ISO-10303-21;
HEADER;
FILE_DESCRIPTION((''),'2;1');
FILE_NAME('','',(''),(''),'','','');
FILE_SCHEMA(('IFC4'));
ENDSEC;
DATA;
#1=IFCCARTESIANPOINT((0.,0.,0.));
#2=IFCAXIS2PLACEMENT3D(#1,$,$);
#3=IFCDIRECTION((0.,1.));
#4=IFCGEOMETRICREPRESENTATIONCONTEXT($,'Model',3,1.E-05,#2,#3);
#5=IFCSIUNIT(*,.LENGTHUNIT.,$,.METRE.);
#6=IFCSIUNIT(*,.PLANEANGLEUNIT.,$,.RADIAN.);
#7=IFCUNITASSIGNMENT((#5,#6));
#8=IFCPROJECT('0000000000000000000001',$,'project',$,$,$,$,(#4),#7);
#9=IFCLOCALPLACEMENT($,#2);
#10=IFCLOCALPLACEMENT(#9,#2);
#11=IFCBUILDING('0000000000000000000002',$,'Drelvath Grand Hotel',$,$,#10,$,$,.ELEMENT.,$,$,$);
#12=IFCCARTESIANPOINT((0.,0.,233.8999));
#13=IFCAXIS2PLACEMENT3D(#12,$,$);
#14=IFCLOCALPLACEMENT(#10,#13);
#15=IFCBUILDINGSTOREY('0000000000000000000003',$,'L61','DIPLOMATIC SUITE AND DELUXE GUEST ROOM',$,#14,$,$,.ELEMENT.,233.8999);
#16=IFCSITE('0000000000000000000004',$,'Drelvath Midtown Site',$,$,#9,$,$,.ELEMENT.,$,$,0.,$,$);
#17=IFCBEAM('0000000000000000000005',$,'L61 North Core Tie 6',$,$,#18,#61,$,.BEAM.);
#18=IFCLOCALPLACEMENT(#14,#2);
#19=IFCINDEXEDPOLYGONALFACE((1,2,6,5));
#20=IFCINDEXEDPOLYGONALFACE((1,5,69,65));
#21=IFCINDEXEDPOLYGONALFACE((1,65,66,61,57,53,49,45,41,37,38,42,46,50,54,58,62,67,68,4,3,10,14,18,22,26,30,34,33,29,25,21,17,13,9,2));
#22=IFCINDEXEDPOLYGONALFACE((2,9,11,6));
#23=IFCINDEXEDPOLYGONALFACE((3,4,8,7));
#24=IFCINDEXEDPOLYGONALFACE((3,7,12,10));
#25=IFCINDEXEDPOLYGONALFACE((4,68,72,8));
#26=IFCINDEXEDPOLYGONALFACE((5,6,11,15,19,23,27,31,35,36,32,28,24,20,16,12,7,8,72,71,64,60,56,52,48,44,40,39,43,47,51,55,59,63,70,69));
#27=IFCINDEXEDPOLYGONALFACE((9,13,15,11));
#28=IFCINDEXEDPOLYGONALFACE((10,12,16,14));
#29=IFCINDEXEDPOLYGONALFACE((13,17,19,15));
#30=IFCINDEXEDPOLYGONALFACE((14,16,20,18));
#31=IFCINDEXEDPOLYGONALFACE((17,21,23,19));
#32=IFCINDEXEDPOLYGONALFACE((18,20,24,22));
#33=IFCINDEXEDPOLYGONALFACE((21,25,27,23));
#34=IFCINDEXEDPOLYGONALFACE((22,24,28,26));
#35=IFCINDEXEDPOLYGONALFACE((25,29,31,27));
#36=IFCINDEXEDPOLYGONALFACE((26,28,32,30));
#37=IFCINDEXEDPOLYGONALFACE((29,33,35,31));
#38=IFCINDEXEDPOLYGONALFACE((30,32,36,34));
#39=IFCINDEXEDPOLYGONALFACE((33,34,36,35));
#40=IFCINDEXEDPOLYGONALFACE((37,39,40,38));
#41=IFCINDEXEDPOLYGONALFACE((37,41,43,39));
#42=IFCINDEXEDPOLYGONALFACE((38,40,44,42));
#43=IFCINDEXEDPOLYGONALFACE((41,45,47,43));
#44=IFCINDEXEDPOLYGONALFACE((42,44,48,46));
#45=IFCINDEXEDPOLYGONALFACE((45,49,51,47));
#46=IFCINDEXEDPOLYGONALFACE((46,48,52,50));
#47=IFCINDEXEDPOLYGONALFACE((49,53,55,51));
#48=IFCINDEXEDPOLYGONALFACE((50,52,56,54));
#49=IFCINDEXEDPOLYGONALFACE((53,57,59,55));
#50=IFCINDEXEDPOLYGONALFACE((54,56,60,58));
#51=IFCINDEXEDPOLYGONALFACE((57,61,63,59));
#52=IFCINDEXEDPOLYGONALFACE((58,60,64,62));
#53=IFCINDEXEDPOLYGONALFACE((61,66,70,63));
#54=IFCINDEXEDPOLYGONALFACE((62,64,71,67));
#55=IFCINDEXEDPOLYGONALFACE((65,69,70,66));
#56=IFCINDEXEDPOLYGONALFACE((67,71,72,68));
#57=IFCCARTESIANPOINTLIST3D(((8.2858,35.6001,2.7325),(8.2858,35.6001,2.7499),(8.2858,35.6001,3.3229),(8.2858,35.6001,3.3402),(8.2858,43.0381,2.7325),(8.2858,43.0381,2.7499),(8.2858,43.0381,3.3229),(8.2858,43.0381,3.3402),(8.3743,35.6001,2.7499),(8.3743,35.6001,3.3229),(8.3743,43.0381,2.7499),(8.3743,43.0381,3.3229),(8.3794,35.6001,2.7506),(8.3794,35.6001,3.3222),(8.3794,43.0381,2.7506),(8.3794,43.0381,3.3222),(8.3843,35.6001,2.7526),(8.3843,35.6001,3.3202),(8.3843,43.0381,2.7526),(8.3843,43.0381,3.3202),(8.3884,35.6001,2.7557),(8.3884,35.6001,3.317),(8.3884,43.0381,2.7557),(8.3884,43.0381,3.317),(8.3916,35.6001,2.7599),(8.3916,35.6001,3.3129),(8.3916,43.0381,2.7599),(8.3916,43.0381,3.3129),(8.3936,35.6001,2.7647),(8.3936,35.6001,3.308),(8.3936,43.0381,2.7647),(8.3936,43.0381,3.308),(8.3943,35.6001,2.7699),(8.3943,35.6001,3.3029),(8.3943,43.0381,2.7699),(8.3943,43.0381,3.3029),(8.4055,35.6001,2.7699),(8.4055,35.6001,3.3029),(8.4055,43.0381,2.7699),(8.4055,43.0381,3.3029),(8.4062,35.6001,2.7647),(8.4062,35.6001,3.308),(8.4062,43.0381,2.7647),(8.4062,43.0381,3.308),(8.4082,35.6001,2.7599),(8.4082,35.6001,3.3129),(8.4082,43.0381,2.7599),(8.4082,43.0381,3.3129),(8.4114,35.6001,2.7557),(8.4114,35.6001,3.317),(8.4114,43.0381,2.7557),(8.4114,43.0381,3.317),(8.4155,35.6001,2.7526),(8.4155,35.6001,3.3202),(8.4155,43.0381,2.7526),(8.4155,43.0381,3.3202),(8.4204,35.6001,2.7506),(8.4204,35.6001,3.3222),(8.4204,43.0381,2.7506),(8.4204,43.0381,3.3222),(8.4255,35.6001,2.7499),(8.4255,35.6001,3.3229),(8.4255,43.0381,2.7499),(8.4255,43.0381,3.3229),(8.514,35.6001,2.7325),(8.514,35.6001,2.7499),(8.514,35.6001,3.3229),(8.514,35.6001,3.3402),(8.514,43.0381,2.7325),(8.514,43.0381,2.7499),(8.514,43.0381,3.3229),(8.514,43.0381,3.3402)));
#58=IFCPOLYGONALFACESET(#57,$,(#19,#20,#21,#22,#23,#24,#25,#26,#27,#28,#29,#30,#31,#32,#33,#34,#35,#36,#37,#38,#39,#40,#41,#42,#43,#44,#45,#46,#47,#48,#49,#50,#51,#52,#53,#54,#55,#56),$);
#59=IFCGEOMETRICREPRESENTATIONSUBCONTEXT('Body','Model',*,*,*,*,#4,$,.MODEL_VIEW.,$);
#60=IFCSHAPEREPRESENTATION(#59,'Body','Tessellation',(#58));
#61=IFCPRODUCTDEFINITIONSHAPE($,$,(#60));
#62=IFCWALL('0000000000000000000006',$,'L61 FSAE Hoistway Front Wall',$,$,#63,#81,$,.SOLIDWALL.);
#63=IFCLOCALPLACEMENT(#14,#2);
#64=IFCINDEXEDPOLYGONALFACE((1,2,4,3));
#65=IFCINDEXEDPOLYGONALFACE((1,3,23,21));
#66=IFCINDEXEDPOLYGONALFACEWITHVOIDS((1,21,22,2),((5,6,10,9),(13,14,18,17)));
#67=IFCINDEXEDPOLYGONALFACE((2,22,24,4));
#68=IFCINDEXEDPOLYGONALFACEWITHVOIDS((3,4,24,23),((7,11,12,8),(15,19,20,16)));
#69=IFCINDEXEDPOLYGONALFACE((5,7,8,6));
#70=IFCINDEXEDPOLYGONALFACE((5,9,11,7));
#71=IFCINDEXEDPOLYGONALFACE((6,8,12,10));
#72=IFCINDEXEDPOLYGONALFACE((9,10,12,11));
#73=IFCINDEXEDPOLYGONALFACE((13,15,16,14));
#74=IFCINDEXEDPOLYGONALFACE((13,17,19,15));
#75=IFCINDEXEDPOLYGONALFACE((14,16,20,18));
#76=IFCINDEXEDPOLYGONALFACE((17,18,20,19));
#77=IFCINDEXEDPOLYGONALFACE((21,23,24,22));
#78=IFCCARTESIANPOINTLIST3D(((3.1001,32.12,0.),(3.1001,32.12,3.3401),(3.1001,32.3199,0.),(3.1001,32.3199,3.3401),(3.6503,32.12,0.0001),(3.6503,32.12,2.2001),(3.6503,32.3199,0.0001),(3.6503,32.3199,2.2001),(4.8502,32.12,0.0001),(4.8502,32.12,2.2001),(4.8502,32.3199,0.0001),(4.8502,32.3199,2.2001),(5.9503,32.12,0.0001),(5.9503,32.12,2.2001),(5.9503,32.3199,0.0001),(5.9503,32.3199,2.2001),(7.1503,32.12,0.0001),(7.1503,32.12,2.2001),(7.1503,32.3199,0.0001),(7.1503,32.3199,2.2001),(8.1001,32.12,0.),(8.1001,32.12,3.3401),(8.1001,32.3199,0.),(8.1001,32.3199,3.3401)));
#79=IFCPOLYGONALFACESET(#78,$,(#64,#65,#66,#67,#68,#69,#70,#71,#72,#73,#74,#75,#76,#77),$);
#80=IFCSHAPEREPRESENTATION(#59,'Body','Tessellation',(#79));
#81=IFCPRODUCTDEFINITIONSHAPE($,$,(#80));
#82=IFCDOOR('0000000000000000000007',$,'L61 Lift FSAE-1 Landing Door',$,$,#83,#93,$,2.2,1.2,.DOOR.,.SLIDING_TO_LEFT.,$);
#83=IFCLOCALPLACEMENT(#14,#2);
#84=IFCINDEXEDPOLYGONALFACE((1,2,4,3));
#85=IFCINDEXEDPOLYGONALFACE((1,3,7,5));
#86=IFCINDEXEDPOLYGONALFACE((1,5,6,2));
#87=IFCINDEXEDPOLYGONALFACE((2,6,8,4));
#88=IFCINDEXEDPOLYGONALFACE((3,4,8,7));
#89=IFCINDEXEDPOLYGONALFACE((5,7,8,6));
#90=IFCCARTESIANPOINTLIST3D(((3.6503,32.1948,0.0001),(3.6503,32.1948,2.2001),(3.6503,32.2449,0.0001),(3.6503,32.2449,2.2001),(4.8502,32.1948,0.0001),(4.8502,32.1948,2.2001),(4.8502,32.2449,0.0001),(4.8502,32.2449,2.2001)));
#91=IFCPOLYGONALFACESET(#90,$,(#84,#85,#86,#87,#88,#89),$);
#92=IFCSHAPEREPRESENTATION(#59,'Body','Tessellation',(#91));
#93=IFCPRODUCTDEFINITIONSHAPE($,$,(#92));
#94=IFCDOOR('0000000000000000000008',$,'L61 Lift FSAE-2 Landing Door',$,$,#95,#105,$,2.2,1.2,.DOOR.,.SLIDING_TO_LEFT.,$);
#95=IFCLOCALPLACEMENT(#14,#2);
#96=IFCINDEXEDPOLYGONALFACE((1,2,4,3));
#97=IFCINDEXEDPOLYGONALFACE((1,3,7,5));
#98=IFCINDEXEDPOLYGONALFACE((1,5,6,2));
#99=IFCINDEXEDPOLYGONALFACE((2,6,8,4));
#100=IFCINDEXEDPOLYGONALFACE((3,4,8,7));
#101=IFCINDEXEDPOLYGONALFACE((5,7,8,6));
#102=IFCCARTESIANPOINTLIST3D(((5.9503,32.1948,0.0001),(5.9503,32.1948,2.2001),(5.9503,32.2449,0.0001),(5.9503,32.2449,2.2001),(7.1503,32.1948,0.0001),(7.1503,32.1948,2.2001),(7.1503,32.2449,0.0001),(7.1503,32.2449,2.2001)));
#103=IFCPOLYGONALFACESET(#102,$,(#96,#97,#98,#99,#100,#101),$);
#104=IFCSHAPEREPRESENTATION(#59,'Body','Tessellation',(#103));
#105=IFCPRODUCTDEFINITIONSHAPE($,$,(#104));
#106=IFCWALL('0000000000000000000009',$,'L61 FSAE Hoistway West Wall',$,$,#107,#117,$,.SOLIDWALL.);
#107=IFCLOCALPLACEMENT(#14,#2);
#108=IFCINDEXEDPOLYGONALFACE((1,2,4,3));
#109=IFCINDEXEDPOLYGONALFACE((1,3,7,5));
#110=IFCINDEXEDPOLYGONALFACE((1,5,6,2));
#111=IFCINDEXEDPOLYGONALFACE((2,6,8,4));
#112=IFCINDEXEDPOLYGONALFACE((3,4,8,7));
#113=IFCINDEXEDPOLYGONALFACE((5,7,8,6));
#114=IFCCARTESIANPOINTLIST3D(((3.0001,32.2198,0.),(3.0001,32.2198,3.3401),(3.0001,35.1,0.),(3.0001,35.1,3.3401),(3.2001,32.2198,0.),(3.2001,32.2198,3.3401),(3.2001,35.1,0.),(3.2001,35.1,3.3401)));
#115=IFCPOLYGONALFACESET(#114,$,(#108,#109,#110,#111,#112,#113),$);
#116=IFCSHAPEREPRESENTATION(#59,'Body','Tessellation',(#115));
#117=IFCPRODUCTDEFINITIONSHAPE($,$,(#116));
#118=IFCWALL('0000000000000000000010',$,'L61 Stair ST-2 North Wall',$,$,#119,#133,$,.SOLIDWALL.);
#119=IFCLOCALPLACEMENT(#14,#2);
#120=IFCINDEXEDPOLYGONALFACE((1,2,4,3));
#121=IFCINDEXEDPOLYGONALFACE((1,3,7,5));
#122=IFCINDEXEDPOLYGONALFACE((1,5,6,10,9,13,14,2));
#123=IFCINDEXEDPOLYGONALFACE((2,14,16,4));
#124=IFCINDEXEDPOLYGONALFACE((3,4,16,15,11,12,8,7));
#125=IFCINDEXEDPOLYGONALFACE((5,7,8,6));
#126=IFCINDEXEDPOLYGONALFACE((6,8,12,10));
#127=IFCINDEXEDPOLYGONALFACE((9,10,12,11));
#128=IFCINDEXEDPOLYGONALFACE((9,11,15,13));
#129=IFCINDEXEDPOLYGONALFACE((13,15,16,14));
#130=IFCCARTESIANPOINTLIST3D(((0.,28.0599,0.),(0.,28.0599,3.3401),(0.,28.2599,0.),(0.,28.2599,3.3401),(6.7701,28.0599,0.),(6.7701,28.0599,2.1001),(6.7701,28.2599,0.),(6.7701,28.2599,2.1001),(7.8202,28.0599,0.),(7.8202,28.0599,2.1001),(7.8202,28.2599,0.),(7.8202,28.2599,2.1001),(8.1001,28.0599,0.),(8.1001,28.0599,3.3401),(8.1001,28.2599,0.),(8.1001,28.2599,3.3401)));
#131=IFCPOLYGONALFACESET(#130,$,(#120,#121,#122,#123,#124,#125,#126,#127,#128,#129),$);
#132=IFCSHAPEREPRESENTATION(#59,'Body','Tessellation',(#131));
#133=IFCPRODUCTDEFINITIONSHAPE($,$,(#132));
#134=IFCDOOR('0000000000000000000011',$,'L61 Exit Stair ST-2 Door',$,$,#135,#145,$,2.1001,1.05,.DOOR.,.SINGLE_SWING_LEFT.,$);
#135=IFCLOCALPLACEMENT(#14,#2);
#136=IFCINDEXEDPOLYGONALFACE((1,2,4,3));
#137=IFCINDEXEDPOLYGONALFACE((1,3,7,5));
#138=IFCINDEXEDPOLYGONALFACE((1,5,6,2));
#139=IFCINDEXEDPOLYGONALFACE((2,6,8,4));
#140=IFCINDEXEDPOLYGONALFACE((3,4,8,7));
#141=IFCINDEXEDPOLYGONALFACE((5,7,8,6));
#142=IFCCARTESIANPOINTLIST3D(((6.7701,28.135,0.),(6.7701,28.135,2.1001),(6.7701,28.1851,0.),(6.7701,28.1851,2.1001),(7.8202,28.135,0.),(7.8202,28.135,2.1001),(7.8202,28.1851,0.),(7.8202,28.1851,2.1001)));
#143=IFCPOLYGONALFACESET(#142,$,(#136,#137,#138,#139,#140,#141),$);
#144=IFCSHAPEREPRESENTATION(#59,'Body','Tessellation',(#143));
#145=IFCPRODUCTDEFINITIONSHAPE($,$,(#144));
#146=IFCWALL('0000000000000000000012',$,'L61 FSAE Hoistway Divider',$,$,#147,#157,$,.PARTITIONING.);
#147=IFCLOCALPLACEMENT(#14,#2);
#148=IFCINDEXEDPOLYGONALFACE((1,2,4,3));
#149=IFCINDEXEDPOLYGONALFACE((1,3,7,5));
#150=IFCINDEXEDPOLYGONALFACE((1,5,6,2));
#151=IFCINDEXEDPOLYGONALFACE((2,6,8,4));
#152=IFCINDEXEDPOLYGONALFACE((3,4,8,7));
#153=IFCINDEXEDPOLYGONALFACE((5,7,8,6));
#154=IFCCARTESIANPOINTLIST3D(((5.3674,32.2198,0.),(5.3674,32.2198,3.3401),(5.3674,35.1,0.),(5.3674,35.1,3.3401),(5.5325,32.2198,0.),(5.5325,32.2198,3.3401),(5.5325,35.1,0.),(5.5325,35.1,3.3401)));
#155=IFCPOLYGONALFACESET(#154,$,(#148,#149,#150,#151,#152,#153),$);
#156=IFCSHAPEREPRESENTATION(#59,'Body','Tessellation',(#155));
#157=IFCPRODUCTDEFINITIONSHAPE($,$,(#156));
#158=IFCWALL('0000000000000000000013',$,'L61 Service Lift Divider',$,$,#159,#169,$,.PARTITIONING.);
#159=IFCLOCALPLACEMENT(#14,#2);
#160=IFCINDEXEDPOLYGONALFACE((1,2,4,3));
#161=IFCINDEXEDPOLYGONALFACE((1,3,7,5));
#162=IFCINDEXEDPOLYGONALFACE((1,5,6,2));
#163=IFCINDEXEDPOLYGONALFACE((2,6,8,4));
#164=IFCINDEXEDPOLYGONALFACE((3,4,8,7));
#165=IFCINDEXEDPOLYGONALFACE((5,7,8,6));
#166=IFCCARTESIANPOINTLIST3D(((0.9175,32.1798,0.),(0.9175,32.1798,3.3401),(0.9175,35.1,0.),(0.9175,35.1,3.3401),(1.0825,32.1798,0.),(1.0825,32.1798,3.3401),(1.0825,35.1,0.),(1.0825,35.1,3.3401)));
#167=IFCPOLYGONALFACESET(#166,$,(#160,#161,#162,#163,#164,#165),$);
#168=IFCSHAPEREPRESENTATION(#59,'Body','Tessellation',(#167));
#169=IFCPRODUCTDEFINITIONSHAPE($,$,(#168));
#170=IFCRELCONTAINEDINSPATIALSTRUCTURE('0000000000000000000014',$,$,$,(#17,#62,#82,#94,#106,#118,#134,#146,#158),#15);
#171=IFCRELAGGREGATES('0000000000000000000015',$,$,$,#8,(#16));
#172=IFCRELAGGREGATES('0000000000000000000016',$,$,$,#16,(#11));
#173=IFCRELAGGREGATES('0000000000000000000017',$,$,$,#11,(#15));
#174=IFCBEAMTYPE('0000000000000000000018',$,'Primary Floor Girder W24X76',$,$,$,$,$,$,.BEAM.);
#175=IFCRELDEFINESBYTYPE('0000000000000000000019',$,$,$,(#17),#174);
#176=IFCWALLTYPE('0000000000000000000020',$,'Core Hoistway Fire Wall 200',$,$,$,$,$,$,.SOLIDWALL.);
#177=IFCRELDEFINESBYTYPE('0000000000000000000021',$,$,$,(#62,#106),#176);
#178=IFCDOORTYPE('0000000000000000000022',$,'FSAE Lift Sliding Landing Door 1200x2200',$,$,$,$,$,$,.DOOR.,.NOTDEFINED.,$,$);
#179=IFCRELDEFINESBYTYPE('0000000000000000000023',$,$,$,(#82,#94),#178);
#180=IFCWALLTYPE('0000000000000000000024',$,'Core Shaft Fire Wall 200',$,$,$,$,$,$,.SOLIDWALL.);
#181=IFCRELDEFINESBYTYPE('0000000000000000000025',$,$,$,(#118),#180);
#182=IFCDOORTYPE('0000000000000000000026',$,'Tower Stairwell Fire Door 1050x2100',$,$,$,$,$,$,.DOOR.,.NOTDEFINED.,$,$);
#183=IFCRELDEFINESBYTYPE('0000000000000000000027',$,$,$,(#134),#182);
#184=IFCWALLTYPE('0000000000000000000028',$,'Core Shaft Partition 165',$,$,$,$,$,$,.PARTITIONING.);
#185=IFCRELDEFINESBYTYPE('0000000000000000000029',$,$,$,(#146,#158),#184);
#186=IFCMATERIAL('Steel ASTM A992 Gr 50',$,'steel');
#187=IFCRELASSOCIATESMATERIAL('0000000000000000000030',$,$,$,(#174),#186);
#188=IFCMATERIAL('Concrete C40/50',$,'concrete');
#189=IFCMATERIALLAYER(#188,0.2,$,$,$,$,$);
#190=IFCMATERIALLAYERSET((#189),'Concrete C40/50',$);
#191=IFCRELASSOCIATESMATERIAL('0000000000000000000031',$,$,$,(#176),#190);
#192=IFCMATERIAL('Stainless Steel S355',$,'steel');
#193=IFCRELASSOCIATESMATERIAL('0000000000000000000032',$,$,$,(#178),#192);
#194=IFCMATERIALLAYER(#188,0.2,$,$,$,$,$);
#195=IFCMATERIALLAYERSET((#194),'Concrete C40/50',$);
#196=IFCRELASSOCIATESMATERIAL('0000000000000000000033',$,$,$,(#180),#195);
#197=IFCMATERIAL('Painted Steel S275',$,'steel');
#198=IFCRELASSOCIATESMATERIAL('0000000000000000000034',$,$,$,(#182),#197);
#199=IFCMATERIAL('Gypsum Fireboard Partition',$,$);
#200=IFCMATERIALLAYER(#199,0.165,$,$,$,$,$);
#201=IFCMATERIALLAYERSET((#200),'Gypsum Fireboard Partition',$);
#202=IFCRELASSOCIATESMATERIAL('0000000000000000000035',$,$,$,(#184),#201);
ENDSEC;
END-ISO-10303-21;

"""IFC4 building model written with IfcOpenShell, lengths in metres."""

from ifc_helpers import new_model, si_unit, direction, frame, frame_2d, origin, origin_2d, place, context, subcontext, project, spatial, rectangle, i_section, extrude, material, layer, layer_set, material_profile, profile_set, type_object, element, fill, save


model = new_model("IFC4")

# Units and contexts
model_context = context("Model", 3, precision=1e-05, world=origin(), true_north=direction((0.0, 1.0)))
body_context = subcontext(model_context, "Body", "Model", "MODEL_VIEW")
ifc_project = project(units=[si_unit("LENGTHUNIT", "METRE"), si_unit("PLANEANGLEUNIT", "RADIAN")], contexts=[model_context])

# Site, building, storey
site_placement = place(None, origin())
site = spatial("IfcSite", under=ifc_project, at=site_placement, Name="Drelvath Midtown Site", CompositionType="ELEMENT", RefElevation=0.0)
building_placement = place(site_placement, origin())
building = spatial("IfcBuilding", under=site, at=building_placement, Name="Drelvath Grand Hotel", CompositionType="ELEMENT")
storey_placement = place(building_placement, frame((0.0, 0.0, 233.8999)))
storey = spatial("IfcBuildingStorey", under=building, at=storey_placement, Name="L61", Description="DIPLOMATIC SUITE AND DELUXE GUEST ROOM", CompositionType="ELEMENT", Elevation=233.8999)

# Beam
ifc_material_1 = material(Name="Steel ASTM A992 Gr 50", Category="steel")
ifc_material_profile_1 = material_profile(ifc_material_1, i_section(OverallWidth=0.2283, OverallDepth=0.6077, WebThickness=0.0112, FlangeThickness=0.0173, FilletRadius=0.02, at=origin_2d()), Name="W24X76")
ifc_profile_set_1 = profile_set([ifc_material_profile_1], Name="Steel ASTM A992 Gr 50")
beam_type_1 = type_object("IfcBeamType", Name="Primary Floor Girder W24X76", PredefinedType="BEAM", material=ifc_profile_set_1)
for number, where, z_axis, x_axis, name in (
    (1, (8.3999, 35.6001, 3.0364), (0.0, 1.0, 0.0), (-1.0, 0.0, 0.0), "L61 North Core Tie 6"),
):
    element("IfcBeam", number, at=place(storey_placement, frame(where, z_axis=z_axis, x_axis=x_axis)), inside=storey, type_object=beam_type_1, Name=name, PredefinedType="BEAM", context=body_context, shape_type="SweptSolid", body=[
        extrude(i_section(OverallWidth=0.2283, OverallDepth=0.6077, WebThickness=0.0112, FlangeThickness=0.0173, FilletRadius=0.02, at=origin_2d()), origin(), (0.0, 0.0, 1.0), 7.438),
    ])

# Wall, openings, doors
ifc_material_2 = material(Name="Concrete C40/50", Category="concrete")
ifc_layer_1 = layer(ifc_material_2, 0.2)
ifc_layer_set_1 = layer_set([ifc_layer_1], Name="Concrete C40/50")
wall_type_1 = type_object("IfcWallType", Name="Core Hoistway Fire Wall 200", PredefinedType="SOLIDWALL", material=ifc_layer_set_1)
wall_1_placement = place(storey_placement, frame((3.1001, 32.22, 0.0), z_axis=(0.0, 0.0, 1.0), x_axis=(1.0, 0.0, 0.0)))
wall_1 = element("IfcWall", 2, at=wall_1_placement, inside=storey, type_object=wall_type_1, Name="L61 FSAE Hoistway Front Wall", PredefinedType="SOLIDWALL", context=body_context, shape_type="SweptSolid", body=[
    extrude(rectangle(XDim=5.0, YDim=0.2, at=frame_2d((2.5, 0.0))), origin(), (0.0, 0.0, 1.0), 3.3401),
])
opening_1_placement = place(wall_1_placement, frame((0.55, 0.0, 0.0)))
opening_1 = element("IfcOpeningElement", 3, at=opening_1_placement, cuts=wall_1, PredefinedType="OPENING", context=body_context, shape_type="SweptSolid", body=[
    extrude(rectangle(XDim=1.2, YDim=2.2, at=frame_2d((0.6001, 1.1001))), frame((0.0, 0.1099, 0.0), z_axis=(0.0, -1.0, 0.0), x_axis=(1.0, 0.0, 0.0)), (0.0, 0.0, 1.0), 0.22),
])
opening_2_placement = place(wall_1_placement, frame((2.8501, 0.0, 0.0)))
opening_2 = element("IfcOpeningElement", 4, at=opening_2_placement, cuts=wall_1, PredefinedType="OPENING", context=body_context, shape_type="SweptSolid", body=[
    extrude(rectangle(XDim=1.2, YDim=2.2, at=frame_2d((0.6001, 1.1001))), frame((0.0, 0.1099, 0.0), z_axis=(0.0, -1.0, 0.0), x_axis=(1.0, 0.0, 0.0)), (0.0, 0.0, 1.0), 0.22),
])
ifc_material_3 = material(Name="Stainless Steel S355", Category="steel")
door_type_1 = type_object("IfcDoorType", Name="FSAE Lift Sliding Landing Door 1200x2200", OperationType="NOTDEFINED", PredefinedType="DOOR", material=ifc_material_3)
door_1_placement = place(opening_1_placement, origin())
door_1 = element("IfcDoor", 5, at=door_1_placement, inside=storey, type_object=door_type_1, Name="L61 Lift FSAE-1 Landing Door", OperationType="SLIDING_TO_LEFT", OverallHeight=2.2, OverallWidth=1.2, PredefinedType="DOOR", context=body_context, shape_type="SweptSolid", body=[
    extrude(rectangle(XDim=1.2, YDim=2.2, at=frame_2d((0.6001, 1.1001))), frame((0.0, 0.0249, 0.0), z_axis=(0.0, -1.0, 0.0), x_axis=(1.0, 0.0, 0.0)), (0.0, 0.0, 1.0), 0.05),
])
fill(opening_1, door_1)
door_2_placement = place(opening_2_placement, origin())
door_2 = element("IfcDoor", 6, at=door_2_placement, inside=storey, type_object=door_type_1, Name="L61 Lift FSAE-2 Landing Door", OperationType="SLIDING_TO_LEFT", OverallHeight=2.2, OverallWidth=1.2, PredefinedType="DOOR", context=body_context, shape_type="SweptSolid", body=[
    extrude(rectangle(XDim=1.2, YDim=2.2, at=frame_2d((0.6001, 1.1001))), frame((0.0, 0.0249, 0.0), z_axis=(0.0, -1.0, 0.0), x_axis=(1.0, 0.0, 0.0)), (0.0, 0.0, 1.0), 0.05),
])
fill(opening_2, door_2)

# Wall
wall_2_placement = place(storey_placement, frame((3.1001, 32.22, 0.0), z_axis=(0.0, 0.0, 1.0), x_axis=(0.0, 1.0, 0.0)))
element("IfcWall", 7, at=wall_2_placement, inside=storey, type_object=wall_type_1, Name="L61 FSAE Hoistway West Wall", PredefinedType="SOLIDWALL", context=body_context, shape_type="SweptSolid", body=[
    extrude(rectangle(XDim=2.8801, YDim=0.2, at=frame_2d((1.4399, 0.0))), origin(), (0.0, 0.0, 1.0), 3.3401),
])

# Wall, opening, door
ifc_layer_2 = layer(ifc_material_2, 0.2)
ifc_layer_set_2 = layer_set([ifc_layer_2], Name="Concrete C40/50")
wall_type_2 = type_object("IfcWallType", Name="Core Shaft Fire Wall 200", PredefinedType="SOLIDWALL", material=ifc_layer_set_2)
wall_3_placement = place(storey_placement, frame((8.1001, 28.1599, 0.0), z_axis=(0.0, 0.0, 1.0), x_axis=(-1.0, 0.0, 0.0)))
wall_3 = element("IfcWall", 8, at=wall_3_placement, inside=storey, type_object=wall_type_2, Name="L61 Stair ST-2 North Wall", PredefinedType="SOLIDWALL", context=body_context, shape_type="SweptSolid", body=[
    extrude(rectangle(XDim=8.1001, YDim=0.2, at=frame_2d((4.05, 0.0))), origin(), (0.0, 0.0, 1.0), 3.3401),
])
opening_3_placement = place(wall_3_placement, frame((0.28, 0.0, 0.0)))
opening_3 = element("IfcOpeningElement", 9, at=opening_3_placement, cuts=wall_3, PredefinedType="OPENING", context=body_context, shape_type="SweptSolid", body=[
    extrude(rectangle(XDim=1.05, YDim=2.1001, at=frame_2d((0.5249, 1.05))), frame((0.0, 0.1099, 0.0), z_axis=(0.0, -1.0, 0.0), x_axis=(1.0, 0.0, 0.0)), (0.0, 0.0, 1.0), 0.22),
])
ifc_material_4 = material(Name="Painted Steel S275", Category="steel")
door_type_2 = type_object("IfcDoorType", Name="Tower Stairwell Fire Door 1050x2100", OperationType="NOTDEFINED", PredefinedType="DOOR", material=ifc_material_4)
door_3_placement = place(opening_3_placement, origin())
door_3 = element("IfcDoor", 10, at=door_3_placement, inside=storey, type_object=door_type_2, Name="L61 Exit Stair ST-2 Door", OperationType="SINGLE_SWING_LEFT", OverallHeight=2.1001, OverallWidth=1.05, PredefinedType="DOOR", context=body_context, shape_type="SweptSolid", body=[
    extrude(rectangle(XDim=1.05, YDim=2.1001, at=frame_2d((0.5249, 1.05))), frame((0.0, 0.0249, 0.0), z_axis=(0.0, -1.0, 0.0), x_axis=(1.0, 0.0, 0.0)), (0.0, 0.0, 1.0), 0.05),
])
fill(opening_3, door_3)

# Walls
ifc_material_5 = material(Name="Gypsum Fireboard Partition")
ifc_layer_3 = layer(ifc_material_5, 0.165)
ifc_layer_set_3 = layer_set([ifc_layer_3], Name="Gypsum Fireboard Partition")
wall_type_3 = type_object("IfcWallType", Name="Core Shaft Partition 165", PredefinedType="PARTITIONING", material=ifc_layer_set_3)
wall_4_placement = place(storey_placement, frame((5.45, 32.22, 0.0), z_axis=(0.0, 0.0, 1.0), x_axis=(0.0, 1.0, 0.0)))
element("IfcWall", 11, at=wall_4_placement, inside=storey, type_object=wall_type_3, Name="L61 FSAE Hoistway Divider", PredefinedType="PARTITIONING", context=body_context, shape_type="SweptSolid", body=[
    extrude(rectangle(XDim=2.8801, YDim=0.165, at=frame_2d((1.4399, 0.0))), origin(), (0.0, 0.0, 1.0), 3.3401),
])
wall_5_placement = place(storey_placement, frame((1.0, 32.1799, 0.0), z_axis=(0.0, 0.0, 1.0), x_axis=(0.0, 1.0, 0.0)))
element("IfcWall", 12, at=wall_5_placement, inside=storey, type_object=wall_type_3, Name="L61 Service Lift Divider", PredefinedType="PARTITIONING", context=body_context, shape_type="SweptSolid", body=[
    extrude(rectangle(XDim=2.9202, YDim=0.165, at=frame_2d((1.46, 0.0))), origin(), (0.0, 0.0, 1.0), 3.3401),
])

save(model, "model.ifc")
